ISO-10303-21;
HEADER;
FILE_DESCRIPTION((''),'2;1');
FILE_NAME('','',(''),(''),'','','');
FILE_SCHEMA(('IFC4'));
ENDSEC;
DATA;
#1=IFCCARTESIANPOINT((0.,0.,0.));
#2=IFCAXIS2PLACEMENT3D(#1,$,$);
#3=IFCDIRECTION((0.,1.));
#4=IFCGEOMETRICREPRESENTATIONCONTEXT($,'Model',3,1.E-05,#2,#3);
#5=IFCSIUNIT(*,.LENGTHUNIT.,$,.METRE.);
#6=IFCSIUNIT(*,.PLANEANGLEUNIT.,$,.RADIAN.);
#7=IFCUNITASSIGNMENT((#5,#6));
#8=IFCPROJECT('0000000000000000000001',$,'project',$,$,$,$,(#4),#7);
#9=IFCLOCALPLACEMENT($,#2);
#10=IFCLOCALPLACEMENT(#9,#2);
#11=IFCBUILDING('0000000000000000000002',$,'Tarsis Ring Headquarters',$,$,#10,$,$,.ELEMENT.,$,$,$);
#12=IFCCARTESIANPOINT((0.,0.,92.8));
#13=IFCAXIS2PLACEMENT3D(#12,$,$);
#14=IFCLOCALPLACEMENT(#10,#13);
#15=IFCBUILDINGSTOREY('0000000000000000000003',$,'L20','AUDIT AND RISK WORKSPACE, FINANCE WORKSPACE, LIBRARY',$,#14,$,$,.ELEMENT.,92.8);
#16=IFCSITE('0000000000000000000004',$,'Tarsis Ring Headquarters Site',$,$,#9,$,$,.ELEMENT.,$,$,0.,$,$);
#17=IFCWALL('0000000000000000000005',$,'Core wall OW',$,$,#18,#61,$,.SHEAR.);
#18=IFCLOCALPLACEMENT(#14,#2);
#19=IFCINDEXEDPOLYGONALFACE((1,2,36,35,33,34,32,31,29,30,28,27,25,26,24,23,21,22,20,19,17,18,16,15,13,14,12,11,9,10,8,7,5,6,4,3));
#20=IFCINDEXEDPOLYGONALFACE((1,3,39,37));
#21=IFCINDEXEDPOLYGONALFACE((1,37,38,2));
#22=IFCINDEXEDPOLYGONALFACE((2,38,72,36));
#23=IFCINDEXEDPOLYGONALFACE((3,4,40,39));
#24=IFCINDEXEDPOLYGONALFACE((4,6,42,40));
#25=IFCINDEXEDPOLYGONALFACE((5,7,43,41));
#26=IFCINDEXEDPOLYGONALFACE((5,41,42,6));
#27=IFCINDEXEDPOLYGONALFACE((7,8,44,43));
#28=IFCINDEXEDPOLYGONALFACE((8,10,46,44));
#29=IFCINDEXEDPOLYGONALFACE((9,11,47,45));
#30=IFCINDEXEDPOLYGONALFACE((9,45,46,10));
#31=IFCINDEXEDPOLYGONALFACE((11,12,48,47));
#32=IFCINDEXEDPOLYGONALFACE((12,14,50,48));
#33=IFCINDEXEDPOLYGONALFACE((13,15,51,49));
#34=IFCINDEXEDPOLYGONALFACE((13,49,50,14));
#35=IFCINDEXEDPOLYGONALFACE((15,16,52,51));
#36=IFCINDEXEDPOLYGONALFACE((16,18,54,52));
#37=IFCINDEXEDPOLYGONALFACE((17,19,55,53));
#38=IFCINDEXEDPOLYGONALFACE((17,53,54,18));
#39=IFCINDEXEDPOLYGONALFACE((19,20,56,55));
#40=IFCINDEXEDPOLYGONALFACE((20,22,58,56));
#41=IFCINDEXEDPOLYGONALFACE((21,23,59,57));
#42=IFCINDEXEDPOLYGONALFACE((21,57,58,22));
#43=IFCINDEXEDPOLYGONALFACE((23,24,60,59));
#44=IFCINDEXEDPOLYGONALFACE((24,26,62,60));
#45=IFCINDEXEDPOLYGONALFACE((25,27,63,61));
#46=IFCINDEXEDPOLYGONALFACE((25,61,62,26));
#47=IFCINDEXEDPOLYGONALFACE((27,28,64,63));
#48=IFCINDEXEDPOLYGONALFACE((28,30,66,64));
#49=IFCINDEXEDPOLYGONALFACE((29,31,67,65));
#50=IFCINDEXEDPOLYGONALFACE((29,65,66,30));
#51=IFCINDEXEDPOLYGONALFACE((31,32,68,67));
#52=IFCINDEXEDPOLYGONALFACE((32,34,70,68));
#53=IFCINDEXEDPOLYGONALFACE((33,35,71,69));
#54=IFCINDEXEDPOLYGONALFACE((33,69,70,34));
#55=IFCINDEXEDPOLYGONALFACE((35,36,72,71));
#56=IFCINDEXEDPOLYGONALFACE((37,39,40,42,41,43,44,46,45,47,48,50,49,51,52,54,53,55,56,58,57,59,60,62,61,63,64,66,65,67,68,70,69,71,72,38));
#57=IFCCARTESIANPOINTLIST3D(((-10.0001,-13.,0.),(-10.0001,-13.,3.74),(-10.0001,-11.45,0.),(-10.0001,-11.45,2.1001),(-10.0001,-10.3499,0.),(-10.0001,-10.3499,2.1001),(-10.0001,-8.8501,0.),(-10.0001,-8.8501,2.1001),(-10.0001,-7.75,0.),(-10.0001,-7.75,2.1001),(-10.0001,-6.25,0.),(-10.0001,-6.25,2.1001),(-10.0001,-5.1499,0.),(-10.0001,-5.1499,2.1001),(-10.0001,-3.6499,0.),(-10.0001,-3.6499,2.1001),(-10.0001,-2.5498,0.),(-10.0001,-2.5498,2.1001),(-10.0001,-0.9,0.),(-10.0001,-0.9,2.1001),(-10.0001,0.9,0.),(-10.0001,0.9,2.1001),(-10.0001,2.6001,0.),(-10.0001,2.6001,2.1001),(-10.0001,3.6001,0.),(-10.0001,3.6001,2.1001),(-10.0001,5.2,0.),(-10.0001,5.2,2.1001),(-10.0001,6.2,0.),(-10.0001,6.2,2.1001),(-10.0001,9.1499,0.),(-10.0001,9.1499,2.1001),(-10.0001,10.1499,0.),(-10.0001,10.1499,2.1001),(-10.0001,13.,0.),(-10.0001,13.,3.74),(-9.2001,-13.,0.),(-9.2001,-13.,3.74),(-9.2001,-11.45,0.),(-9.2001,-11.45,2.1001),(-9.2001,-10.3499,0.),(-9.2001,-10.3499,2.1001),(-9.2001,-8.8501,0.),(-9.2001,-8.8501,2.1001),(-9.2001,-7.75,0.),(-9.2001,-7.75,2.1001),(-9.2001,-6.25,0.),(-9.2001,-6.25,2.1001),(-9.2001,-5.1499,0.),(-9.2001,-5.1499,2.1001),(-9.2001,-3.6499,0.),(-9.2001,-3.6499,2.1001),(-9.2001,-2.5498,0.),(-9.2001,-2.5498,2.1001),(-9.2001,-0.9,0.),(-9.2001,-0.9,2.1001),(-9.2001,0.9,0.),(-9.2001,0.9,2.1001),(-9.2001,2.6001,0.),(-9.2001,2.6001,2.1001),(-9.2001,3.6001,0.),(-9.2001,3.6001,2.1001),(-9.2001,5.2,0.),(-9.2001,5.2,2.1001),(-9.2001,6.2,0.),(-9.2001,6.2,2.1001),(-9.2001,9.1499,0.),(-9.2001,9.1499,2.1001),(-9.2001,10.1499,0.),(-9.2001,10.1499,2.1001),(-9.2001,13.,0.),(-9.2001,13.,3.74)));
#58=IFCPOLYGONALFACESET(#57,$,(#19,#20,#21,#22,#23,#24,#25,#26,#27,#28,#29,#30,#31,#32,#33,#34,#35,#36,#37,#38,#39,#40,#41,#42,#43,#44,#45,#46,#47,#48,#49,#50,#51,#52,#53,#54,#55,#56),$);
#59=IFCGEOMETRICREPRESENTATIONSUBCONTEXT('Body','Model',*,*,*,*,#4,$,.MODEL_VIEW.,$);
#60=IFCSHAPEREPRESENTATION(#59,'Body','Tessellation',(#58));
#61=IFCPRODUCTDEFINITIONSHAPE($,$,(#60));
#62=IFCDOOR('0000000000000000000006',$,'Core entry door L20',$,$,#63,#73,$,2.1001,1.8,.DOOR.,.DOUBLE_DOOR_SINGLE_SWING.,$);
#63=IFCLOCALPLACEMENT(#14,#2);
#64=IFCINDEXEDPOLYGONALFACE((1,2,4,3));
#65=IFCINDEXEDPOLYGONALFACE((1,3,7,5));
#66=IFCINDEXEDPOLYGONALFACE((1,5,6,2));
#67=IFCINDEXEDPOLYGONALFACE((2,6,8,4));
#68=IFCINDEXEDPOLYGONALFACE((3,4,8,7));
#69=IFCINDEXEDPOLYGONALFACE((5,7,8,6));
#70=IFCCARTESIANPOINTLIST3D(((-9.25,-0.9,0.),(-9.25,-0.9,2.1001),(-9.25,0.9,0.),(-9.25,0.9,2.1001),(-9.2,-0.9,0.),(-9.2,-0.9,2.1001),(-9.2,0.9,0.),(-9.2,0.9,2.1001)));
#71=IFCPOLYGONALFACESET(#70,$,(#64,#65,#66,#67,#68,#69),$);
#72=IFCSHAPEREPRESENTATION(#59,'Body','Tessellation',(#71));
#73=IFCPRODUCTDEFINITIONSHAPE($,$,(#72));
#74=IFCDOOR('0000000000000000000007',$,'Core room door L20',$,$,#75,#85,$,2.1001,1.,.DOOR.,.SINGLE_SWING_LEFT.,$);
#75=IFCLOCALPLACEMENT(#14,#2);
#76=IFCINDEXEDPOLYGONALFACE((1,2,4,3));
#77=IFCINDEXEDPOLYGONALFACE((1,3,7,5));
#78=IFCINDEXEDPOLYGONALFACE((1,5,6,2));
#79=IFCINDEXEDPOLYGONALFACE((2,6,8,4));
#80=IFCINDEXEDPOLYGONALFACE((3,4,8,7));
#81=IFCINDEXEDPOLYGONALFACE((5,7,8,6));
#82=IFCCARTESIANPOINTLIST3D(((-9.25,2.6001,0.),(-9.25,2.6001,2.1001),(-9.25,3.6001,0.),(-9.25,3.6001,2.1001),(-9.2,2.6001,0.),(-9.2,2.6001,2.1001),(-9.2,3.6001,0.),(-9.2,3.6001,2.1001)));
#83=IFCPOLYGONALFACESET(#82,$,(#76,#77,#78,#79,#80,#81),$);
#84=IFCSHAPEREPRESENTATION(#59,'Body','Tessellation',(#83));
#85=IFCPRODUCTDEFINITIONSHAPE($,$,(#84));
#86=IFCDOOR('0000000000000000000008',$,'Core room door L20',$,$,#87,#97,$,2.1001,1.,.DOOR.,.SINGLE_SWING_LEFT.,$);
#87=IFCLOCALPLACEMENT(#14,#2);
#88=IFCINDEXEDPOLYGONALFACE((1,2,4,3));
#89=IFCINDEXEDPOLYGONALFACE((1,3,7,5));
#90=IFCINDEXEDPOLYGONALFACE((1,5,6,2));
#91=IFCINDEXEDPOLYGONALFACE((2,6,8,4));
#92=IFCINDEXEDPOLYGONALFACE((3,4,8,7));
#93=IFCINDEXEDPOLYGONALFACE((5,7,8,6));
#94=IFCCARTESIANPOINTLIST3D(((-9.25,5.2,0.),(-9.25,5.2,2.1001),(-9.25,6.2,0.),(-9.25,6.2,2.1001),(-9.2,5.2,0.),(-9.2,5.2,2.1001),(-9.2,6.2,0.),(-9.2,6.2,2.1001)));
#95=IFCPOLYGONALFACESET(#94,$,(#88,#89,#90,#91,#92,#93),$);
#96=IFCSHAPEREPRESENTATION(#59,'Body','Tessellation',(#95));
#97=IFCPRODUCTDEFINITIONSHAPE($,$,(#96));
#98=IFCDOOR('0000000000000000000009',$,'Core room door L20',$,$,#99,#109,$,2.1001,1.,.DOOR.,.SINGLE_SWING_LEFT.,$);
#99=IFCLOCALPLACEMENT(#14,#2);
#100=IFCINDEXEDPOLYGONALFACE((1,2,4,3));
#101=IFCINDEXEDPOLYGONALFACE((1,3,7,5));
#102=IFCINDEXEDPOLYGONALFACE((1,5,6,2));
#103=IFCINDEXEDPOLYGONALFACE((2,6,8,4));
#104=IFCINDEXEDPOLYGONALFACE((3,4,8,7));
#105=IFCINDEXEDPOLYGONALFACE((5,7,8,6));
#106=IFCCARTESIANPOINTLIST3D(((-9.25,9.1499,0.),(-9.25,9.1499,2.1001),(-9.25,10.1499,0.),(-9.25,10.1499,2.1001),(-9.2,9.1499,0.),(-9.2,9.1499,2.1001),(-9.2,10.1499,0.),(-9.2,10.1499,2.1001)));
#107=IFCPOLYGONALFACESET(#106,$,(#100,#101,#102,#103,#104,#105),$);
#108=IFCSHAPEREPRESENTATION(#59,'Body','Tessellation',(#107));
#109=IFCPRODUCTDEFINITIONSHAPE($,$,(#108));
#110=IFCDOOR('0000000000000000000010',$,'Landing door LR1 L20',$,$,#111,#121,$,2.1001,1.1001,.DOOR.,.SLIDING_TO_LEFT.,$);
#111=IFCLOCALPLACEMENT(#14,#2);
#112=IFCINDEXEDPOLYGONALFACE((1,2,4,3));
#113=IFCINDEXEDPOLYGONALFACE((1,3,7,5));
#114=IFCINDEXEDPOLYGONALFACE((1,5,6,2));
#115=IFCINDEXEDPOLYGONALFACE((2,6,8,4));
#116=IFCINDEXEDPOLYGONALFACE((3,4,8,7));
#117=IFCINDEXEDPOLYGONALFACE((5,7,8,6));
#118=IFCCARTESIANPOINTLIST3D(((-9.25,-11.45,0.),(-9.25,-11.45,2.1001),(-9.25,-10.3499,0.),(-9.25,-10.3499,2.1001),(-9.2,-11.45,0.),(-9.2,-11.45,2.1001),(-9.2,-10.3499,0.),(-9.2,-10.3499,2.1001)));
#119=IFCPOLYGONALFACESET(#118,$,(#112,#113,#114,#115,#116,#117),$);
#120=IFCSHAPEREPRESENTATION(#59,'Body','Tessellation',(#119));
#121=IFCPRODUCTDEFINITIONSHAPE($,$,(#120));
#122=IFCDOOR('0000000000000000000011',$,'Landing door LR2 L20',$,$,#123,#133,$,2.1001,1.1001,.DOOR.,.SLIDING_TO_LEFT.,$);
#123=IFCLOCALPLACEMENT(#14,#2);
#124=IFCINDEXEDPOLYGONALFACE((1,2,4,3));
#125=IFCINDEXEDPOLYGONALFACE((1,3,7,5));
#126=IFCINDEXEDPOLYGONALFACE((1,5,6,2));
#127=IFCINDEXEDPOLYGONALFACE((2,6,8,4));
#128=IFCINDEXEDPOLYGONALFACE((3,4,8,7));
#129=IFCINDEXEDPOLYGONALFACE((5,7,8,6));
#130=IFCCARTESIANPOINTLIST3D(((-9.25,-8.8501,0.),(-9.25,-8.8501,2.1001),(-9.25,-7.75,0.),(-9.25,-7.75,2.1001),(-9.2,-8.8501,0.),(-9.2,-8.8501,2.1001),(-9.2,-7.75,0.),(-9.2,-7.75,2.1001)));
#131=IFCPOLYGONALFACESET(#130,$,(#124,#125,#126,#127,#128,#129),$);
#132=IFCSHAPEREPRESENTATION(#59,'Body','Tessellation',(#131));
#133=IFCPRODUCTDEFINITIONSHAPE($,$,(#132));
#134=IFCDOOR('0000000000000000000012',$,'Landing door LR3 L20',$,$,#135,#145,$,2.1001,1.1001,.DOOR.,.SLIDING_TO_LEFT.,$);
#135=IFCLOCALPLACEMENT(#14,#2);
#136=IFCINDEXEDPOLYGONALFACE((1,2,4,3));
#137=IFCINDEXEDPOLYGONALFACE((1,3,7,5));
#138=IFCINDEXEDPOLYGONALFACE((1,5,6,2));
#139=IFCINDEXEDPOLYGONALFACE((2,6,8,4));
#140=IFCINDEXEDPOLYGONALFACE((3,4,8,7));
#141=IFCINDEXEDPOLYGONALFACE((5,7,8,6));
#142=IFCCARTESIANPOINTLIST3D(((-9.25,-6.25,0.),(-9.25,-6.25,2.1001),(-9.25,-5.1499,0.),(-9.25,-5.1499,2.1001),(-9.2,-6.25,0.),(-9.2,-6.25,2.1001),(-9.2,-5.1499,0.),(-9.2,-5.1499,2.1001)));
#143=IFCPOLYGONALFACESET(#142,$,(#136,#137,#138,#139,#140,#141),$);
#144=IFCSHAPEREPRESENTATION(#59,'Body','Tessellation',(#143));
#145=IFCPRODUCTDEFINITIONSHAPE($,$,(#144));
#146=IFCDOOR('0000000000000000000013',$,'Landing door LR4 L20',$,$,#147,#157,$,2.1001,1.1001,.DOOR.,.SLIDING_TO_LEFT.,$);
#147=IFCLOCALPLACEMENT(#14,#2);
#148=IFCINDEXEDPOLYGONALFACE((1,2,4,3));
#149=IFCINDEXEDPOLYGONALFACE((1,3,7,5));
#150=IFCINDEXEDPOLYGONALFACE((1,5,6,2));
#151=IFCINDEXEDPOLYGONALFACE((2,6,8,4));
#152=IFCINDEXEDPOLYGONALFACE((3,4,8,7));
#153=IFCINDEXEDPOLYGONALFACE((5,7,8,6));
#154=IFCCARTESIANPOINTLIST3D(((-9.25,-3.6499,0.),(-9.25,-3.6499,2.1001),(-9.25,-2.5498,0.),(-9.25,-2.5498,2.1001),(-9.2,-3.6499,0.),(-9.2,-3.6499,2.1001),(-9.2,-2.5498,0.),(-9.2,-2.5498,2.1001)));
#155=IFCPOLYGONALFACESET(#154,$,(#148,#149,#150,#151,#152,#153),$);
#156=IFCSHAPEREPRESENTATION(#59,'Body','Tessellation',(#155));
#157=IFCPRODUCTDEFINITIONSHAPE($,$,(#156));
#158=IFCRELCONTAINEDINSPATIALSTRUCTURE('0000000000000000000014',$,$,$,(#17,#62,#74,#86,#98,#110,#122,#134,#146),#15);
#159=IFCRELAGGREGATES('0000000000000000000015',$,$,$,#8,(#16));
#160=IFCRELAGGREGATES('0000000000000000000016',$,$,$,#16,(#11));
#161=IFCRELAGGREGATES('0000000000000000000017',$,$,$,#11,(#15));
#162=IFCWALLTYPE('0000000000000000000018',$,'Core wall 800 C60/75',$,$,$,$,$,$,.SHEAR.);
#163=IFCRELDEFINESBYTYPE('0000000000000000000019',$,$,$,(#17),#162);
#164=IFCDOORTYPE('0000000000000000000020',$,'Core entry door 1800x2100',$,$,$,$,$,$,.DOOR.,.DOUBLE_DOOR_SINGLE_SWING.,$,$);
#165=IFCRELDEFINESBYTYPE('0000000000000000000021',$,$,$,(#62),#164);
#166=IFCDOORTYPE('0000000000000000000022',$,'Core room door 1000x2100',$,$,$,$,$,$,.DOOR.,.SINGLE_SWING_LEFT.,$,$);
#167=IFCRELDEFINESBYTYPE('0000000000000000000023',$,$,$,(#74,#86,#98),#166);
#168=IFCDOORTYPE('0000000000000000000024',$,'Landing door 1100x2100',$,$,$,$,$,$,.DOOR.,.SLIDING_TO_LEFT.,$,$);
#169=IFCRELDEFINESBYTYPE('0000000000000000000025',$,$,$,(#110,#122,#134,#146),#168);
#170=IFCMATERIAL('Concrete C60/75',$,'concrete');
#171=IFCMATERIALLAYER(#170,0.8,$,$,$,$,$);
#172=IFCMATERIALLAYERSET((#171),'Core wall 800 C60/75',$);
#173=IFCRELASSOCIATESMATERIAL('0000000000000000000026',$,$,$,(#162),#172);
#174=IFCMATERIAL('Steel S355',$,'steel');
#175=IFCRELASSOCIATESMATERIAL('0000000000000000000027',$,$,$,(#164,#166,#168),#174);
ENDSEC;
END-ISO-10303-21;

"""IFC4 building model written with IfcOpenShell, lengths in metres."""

from ifc_helpers import new_model, si_unit, direction, frame, frame_2d, origin, place, context, subcontext, project, spatial, rectangle, extrude, material, layer, layer_set, type_object, element, fill, save


model = new_model("IFC4")

# Units and contexts
model_context = context("Model", 3, precision=1e-05, world=origin(), true_north=direction((0.0, 1.0)))
body_context = subcontext(model_context, "Body", "Model", "MODEL_VIEW")
ifc_project = project(units=[si_unit("LENGTHUNIT", "METRE"), si_unit("PLANEANGLEUNIT", "RADIAN")], contexts=[model_context])

# Site, building, storey
site_placement = place(None, origin())
site = spatial("IfcSite", under=ifc_project, at=site_placement, Name="Tarsis Ring Headquarters Site", CompositionType="ELEMENT", RefElevation=0.0)
building_placement = place(site_placement, origin())
building = spatial("IfcBuilding", under=site, at=building_placement, Name="Tarsis Ring Headquarters", CompositionType="ELEMENT")
storey_placement = place(building_placement, frame((0.0, 0.0, 92.8)))
storey = spatial("IfcBuildingStorey", under=building, at=storey_placement, Name="L20", Description="AUDIT AND RISK WORKSPACE, FINANCE WORKSPACE, LIBRARY", CompositionType="ELEMENT", Elevation=92.8)

# Wall, openings, doors
ifc_material_1 = material(Name="Concrete C60/75", Category="concrete")
ifc_layer_1 = layer(ifc_material_1, 0.8)
ifc_layer_set_1 = layer_set([ifc_layer_1], Name="Core wall 800 C60/75")
wall_type_1 = type_object("IfcWallType", Name="Core wall 800 C60/75", PredefinedType="SHEAR", material=ifc_layer_set_1)
wall_1_placement = place(storey_placement, frame((-9.6001, -13.0, 0.0), z_axis=(0.0, 0.0, 1.0), x_axis=(0.0, 1.0, 0.0)))
wall_1 = element("IfcWall", 1, at=wall_1_placement, inside=storey, type_object=wall_type_1, Name="Core wall OW", PredefinedType="SHEAR", context=body_context, shape_type="SweptSolid", body=[
    extrude(rectangle(XDim=26.0, YDim=0.8, at=frame_2d((13.0, 0.0))), origin(), (0.0, 0.0, 1.0), 3.74),
])
opening_1_placement = place(wall_1_placement, frame((1.55, 0.0, 0.0)))
opening_1 = element("IfcOpeningElement", 2, at=opening_1_placement, cuts=wall_1, PredefinedType="OPENING", context=body_context, shape_type="SweptSolid", body=[
    extrude(rectangle(XDim=1.1001, YDim=2.1001, at=frame_2d((0.55, 1.05))), frame((0.0, 0.4099, 0.0), z_axis=(0.0, -1.0, 0.0), x_axis=(1.0, 0.0, 0.0)), (0.0, 0.0, 1.0), 0.8201),
])
opening_2_placement = place(wall_1_placement, frame((4.1499, 0.0, 0.0)))
opening_2 = element("IfcOpeningElement", 3, at=opening_2_placement, cuts=wall_1, PredefinedType="OPENING", context=body_context, shape_type="SweptSolid", body=[
    extrude(rectangle(XDim=1.1001, YDim=2.1001, at=frame_2d((0.55, 1.05))), frame((0.0, 0.4099, 0.0), z_axis=(0.0, -1.0, 0.0), x_axis=(1.0, 0.0, 0.0)), (0.0, 0.0, 1.0), 0.8201),
])
opening_3_placement = place(wall_1_placement, frame((6.75, 0.0, 0.0)))
opening_3 = element("IfcOpeningElement", 4, at=opening_3_placement, cuts=wall_1, PredefinedType="OPENING", context=body_context, shape_type="SweptSolid", body=[
    extrude(rectangle(XDim=1.1001, YDim=2.1001, at=frame_2d((0.55, 1.05))), frame((0.0, 0.4099, 0.0), z_axis=(0.0, -1.0, 0.0), x_axis=(1.0, 0.0, 0.0)), (0.0, 0.0, 1.0), 0.8201),
])
opening_4_placement = place(wall_1_placement, frame((9.3501, 0.0, 0.0)))
opening_4 = element("IfcOpeningElement", 5, at=opening_4_placement, cuts=wall_1, PredefinedType="OPENING", context=body_context, shape_type="SweptSolid", body=[
    extrude(rectangle(XDim=1.1001, YDim=2.1001, at=frame_2d((0.55, 1.05))), frame((0.0, 0.4099, 0.0), z_axis=(0.0, -1.0, 0.0), x_axis=(1.0, 0.0, 0.0)), (0.0, 0.0, 1.0), 0.8201),
])
opening_5_placement = place(wall_1_placement, frame((12.1001, 0.0, 0.0)))
opening_5 = element("IfcOpeningElement", 6, at=opening_5_placement, cuts=wall_1, PredefinedType="OPENING", context=body_context, shape_type="SweptSolid", body=[
    extrude(rectangle(XDim=1.8, YDim=2.1001, at=frame_2d((0.8999, 1.05))), frame((0.0, 0.4099, 0.0), z_axis=(0.0, -1.0, 0.0), x_axis=(1.0, 0.0, 0.0)), (0.0, 0.0, 1.0), 0.8201),
])
opening_6_placement = place(wall_1_placement, frame((15.6001, 0.0, 0.0)))
opening_6 = element("IfcOpeningElement", 7, at=opening_6_placement, cuts=wall_1, PredefinedType="OPENING", context=body_context, shape_type="SweptSolid", body=[
    extrude(rectangle(XDim=1.0, YDim=2.1001, at=frame_2d((0.5, 1.05))), frame((0.0, 0.4099, 0.0), z_axis=(0.0, -1.0, 0.0), x_axis=(1.0, 0.0, 0.0)), (0.0, 0.0, 1.0), 0.8201),
])
opening_7_placement = place(wall_1_placement, frame((18.2, 0.0, 0.0)))
opening_7 = element("IfcOpeningElement", 8, at=opening_7_placement, cuts=wall_1, PredefinedType="OPENING", context=body_context, shape_type="SweptSolid", body=[
    extrude(rectangle(XDim=1.0, YDim=2.1001, at=frame_2d((0.5, 1.05))), frame((0.0, 0.4099, 0.0), z_axis=(0.0, -1.0, 0.0), x_axis=(1.0, 0.0, 0.0)), (0.0, 0.0, 1.0), 0.8201),
])
opening_8_placement = place(wall_1_placement, frame((22.1499, 0.0, 0.0)))
opening_8 = element("IfcOpeningElement", 9, at=opening_8_placement, cuts=wall_1, PredefinedType="OPENING", context=body_context, shape_type="SweptSolid", body=[
    extrude(rectangle(XDim=1.0, YDim=2.1001, at=frame_2d((0.5, 1.05))), frame((0.0, 0.4099, 0.0), z_axis=(0.0, -1.0, 0.0), x_axis=(1.0, 0.0, 0.0)), (0.0, 0.0, 1.0), 0.8201),
])
ifc_material_2 = material(Name="Steel S355", Category="steel")
door_type_1 = type_object("IfcDoorType", Name="Core entry door 1800x2100", OperationType="DOUBLE_DOOR_SINGLE_SWING", PredefinedType="DOOR", material=ifc_material_2)
door_1_placement = place(opening_5_placement, origin())
door_1 = element("IfcDoor", 10, at=door_1_placement, inside=storey, type_object=door_type_1, Name="Core entry door L20", OperationType="DOUBLE_DOOR_SINGLE_SWING", OverallHeight=2.1001, OverallWidth=1.8, PredefinedType="DOOR", context=body_context, shape_type="SweptSolid", body=[
    extrude(rectangle(XDim=1.8, YDim=2.1001, at=frame_2d((0.8999, 1.05))), frame((0.0, -0.3501, 0.0), z_axis=(0.0, -1.0, 0.0), x_axis=(1.0, 0.0, 0.0)), (0.0, 0.0, 1.0), 0.05),
])
fill(opening_5, door_1)
door_type_2 = type_object("IfcDoorType", Name="Core room door 1000x2100", OperationType="SINGLE_SWING_LEFT", PredefinedType="DOOR", material=ifc_material_2)
door_2_placement = place(opening_6_placement, origin())
door_2 = element("IfcDoor", 11, at=door_2_placement, inside=storey, type_object=door_type_2, Name="Core room door L20", OperationType="SINGLE_SWING_LEFT", OverallHeight=2.1001, OverallWidth=1.0, PredefinedType="DOOR", context=body_context, shape_type="SweptSolid", body=[
    extrude(rectangle(XDim=1.0, YDim=2.1001, at=frame_2d((0.5, 1.05))), frame((0.0, -0.3501, 0.0), z_axis=(0.0, -1.0, 0.0), x_axis=(1.0, 0.0, 0.0)), (0.0, 0.0, 1.0), 0.05),
])
fill(opening_6, door_2)
door_3_placement = place(opening_7_placement, origin())
door_3 = element("IfcDoor", 12, at=door_3_placement, inside=storey, type_object=door_type_2, Name="Core room door L20", OperationType="SINGLE_SWING_LEFT", OverallHeight=2.1001, OverallWidth=1.0, PredefinedType="DOOR", context=body_context, shape_type="SweptSolid", body=[
    extrude(rectangle(XDim=1.0, YDim=2.1001, at=frame_2d((0.5, 1.05))), frame((0.0, -0.3501, 0.0), z_axis=(0.0, -1.0, 0.0), x_axis=(1.0, 0.0, 0.0)), (0.0, 0.0, 1.0), 0.05),
])
fill(opening_7, door_3)
door_4_placement = place(opening_8_placement, origin())
door_4 = element("IfcDoor", 13, at=door_4_placement, inside=storey, type_object=door_type_2, Name="Core room door L20", OperationType="SINGLE_SWING_LEFT", OverallHeight=2.1001, OverallWidth=1.0, PredefinedType="DOOR", context=body_context, shape_type="SweptSolid", body=[
    extrude(rectangle(XDim=1.0, YDim=2.1001, at=frame_2d((0.5, 1.05))), frame((0.0, -0.3501, 0.0), z_axis=(0.0, -1.0, 0.0), x_axis=(1.0, 0.0, 0.0)), (0.0, 0.0, 1.0), 0.05),
])
fill(opening_8, door_4)
door_type_3 = type_object("IfcDoorType", Name="Landing door 1100x2100", OperationType="SLIDING_TO_LEFT", PredefinedType="DOOR", material=ifc_material_2)
door_5_placement = place(opening_1_placement, origin())
door_5 = element("IfcDoor", 14, at=door_5_placement, inside=storey, type_object=door_type_3, Name="Landing door LR1 L20", OperationType="SLIDING_TO_LEFT", OverallHeight=2.1001, OverallWidth=1.1001, PredefinedType="DOOR", context=body_context, shape_type="SweptSolid", body=[
    extrude(rectangle(XDim=1.1001, YDim=2.1001, at=frame_2d((0.55, 1.05))), frame((0.0, -0.3501, 0.0), z_axis=(0.0, -1.0, 0.0), x_axis=(1.0, 0.0, 0.0)), (0.0, 0.0, 1.0), 0.05),
])
fill(opening_1, door_5)
door_6_placement = place(opening_2_placement, origin())
door_6 = element("IfcDoor", 15, at=door_6_placement, inside=storey, type_object=door_type_3, Name="Landing door LR2 L20", OperationType="SLIDING_TO_LEFT", OverallHeight=2.1001, OverallWidth=1.1001, PredefinedType="DOOR", context=body_context, shape_type="SweptSolid", body=[
    extrude(rectangle(XDim=1.1001, YDim=2.1001, at=frame_2d((0.55, 1.05))), frame((0.0, -0.3501, 0.0), z_axis=(0.0, -1.0, 0.0), x_axis=(1.0, 0.0, 0.0)), (0.0, 0.0, 1.0), 0.05),
])
fill(opening_2, door_6)
door_7_placement = place(opening_3_placement, origin())
door_7 = element("IfcDoor", 16, at=door_7_placement, inside=storey, type_object=door_type_3, Name="Landing door LR3 L20", OperationType="SLIDING_TO_LEFT", OverallHeight=2.1001, OverallWidth=1.1001, PredefinedType="DOOR", context=body_context, shape_type="SweptSolid", body=[
    extrude(rectangle(XDim=1.1001, YDim=2.1001, at=frame_2d((0.55, 1.05))), frame((0.0, -0.3501, 0.0), z_axis=(0.0, -1.0, 0.0), x_axis=(1.0, 0.0, 0.0)), (0.0, 0.0, 1.0), 0.05),
])
fill(opening_3, door_7)
door_8_placement = place(opening_4_placement, origin())
door_8 = element("IfcDoor", 17, at=door_8_placement, inside=storey, type_object=door_type_3, Name="Landing door LR4 L20", OperationType="SLIDING_TO_LEFT", OverallHeight=2.1001, OverallWidth=1.1001, PredefinedType="DOOR", context=body_context, shape_type="SweptSolid", body=[
    extrude(rectangle(XDim=1.1001, YDim=2.1001, at=frame_2d((0.55, 1.05))), frame((0.0, -0.3501, 0.0), z_axis=(0.0, -1.0, 0.0), x_axis=(1.0, 0.0, 0.0)), (0.0, 0.0, 1.0), 0.05),
])
fill(opening_4, door_8)

save(model, "model.ifc")
